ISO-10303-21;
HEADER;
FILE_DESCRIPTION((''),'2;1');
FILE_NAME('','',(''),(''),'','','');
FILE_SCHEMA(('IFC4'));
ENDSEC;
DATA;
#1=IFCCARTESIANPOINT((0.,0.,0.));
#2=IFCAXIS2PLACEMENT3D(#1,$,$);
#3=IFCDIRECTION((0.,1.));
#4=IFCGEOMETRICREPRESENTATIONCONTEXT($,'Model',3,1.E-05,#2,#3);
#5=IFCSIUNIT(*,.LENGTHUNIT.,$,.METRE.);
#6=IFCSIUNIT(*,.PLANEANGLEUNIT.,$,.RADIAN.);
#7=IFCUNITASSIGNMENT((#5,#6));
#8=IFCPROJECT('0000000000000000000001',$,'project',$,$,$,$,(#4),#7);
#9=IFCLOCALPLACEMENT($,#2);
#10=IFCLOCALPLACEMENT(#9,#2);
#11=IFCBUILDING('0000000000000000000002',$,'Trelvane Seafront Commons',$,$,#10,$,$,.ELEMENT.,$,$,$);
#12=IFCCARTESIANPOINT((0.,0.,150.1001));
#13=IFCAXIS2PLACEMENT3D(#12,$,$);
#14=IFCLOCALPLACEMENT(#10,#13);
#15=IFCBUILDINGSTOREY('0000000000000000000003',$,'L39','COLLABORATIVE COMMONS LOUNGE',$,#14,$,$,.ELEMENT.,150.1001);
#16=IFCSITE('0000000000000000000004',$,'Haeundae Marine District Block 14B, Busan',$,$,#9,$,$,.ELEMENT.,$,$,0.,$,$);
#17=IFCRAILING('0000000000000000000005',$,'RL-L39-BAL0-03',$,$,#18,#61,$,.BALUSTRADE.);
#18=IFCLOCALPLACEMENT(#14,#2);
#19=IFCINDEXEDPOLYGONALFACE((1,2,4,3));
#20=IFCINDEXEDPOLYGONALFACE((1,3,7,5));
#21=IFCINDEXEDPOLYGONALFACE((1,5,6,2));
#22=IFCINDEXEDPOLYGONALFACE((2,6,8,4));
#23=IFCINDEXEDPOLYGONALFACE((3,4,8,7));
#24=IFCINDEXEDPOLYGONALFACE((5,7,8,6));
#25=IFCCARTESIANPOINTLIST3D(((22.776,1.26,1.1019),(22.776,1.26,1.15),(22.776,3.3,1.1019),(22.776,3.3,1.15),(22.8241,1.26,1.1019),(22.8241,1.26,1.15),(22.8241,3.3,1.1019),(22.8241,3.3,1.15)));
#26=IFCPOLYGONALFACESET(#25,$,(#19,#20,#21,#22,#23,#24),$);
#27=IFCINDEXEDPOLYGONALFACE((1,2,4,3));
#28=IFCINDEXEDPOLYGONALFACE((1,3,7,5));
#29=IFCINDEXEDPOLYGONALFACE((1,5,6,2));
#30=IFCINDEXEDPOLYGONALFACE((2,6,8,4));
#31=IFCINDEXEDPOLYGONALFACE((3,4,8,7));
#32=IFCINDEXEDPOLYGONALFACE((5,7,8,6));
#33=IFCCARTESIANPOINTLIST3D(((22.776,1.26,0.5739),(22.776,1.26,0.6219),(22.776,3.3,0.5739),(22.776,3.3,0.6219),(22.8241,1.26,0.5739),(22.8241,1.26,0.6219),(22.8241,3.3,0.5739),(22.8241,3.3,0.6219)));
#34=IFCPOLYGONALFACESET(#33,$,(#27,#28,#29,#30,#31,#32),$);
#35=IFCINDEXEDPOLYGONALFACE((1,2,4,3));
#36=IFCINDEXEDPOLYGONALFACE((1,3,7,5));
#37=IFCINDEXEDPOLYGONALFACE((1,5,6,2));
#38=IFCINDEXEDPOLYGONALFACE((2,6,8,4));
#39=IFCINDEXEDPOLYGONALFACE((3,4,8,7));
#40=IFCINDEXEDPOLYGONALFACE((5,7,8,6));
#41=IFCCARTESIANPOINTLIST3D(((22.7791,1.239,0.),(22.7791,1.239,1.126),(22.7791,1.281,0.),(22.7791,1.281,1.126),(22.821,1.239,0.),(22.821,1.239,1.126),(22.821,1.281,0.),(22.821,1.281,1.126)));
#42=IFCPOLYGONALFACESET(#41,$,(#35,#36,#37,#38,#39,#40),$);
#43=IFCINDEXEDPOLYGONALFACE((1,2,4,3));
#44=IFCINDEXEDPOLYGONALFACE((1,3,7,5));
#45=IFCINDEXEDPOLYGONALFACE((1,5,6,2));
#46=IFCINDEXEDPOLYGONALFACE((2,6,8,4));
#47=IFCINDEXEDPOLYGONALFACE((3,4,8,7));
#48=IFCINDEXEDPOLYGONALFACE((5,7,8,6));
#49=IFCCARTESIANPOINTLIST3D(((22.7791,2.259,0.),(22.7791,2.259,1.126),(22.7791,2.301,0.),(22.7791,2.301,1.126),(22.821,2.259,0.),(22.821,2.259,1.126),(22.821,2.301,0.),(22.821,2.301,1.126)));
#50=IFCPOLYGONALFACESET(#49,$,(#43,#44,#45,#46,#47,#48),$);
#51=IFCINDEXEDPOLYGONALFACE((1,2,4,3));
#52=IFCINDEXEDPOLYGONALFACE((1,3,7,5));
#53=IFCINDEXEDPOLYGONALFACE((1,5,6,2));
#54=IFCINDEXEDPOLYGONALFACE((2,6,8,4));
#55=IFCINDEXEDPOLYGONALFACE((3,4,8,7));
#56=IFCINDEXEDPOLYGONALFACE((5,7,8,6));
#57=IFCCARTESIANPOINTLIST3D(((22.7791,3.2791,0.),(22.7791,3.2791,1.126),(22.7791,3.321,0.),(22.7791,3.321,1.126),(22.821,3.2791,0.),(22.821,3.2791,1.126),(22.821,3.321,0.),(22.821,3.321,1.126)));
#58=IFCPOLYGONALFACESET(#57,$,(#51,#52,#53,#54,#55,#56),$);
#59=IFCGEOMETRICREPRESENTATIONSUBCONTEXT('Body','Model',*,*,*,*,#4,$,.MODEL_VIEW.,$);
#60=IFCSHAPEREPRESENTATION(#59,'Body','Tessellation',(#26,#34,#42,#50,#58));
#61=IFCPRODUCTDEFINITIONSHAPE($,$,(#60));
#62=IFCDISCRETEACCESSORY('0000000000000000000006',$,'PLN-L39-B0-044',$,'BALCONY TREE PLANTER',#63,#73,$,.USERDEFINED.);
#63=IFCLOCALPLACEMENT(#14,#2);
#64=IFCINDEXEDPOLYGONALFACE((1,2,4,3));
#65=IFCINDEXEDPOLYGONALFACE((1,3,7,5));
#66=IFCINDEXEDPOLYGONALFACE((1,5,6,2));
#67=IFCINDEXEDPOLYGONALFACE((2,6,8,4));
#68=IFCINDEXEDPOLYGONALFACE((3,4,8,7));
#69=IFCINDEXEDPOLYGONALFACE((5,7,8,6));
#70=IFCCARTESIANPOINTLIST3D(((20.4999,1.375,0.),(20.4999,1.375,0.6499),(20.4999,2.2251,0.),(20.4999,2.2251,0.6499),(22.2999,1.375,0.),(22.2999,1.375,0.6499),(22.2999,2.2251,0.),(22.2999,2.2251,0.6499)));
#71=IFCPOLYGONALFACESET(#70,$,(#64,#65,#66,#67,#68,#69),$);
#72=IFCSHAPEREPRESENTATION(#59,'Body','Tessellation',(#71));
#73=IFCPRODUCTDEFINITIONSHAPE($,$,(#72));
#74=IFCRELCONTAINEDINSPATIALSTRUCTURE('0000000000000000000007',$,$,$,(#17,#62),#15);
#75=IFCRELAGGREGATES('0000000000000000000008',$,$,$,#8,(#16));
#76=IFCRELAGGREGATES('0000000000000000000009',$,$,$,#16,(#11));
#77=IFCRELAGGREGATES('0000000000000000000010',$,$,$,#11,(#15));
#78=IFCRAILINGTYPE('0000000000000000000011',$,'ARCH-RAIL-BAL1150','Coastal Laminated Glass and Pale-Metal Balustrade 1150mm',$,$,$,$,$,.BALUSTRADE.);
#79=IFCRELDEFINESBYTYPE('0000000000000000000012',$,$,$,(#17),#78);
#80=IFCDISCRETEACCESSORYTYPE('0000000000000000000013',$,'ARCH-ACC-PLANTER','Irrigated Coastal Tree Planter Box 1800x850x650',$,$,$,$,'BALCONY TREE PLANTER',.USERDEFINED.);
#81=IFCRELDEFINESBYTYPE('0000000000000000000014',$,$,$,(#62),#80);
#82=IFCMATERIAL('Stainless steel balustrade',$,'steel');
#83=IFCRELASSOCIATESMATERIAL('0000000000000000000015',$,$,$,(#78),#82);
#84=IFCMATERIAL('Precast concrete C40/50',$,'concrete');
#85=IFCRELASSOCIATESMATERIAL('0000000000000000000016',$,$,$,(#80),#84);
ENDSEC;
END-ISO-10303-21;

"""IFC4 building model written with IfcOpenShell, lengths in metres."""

from ifc_helpers import new_model, si_unit, direction, frame, origin, origin_2d, place, context, subcontext, project, spatial, rectangle, extrude, source, transform, mapped, material, type_object, element, save


model = new_model("IFC4")

# Units and contexts
model_context = context("Model", 3, precision=1e-05, world=origin(), true_north=direction((0.0, 1.0)))
body_context = subcontext(model_context, "Body", "Model", "MODEL_VIEW")
ifc_project = project(units=[si_unit("LENGTHUNIT", "METRE"), si_unit("PLANEANGLEUNIT", "RADIAN")], contexts=[model_context])

# Site, building, storey
site_placement = place(None, origin())
site = spatial("IfcSite", under=ifc_project, at=site_placement, Name="Haeundae Marine District Block 14B, Busan", CompositionType="ELEMENT", RefElevation=0.0)
building_placement = place(site_placement, origin())
building = spatial("IfcBuilding", under=site, at=building_placement, Name="Trelvane Seafront Commons", CompositionType="ELEMENT")
storey_placement = place(building_placement, frame((0.0, 0.0, 150.1001)))
storey = spatial("IfcBuildingStorey", under=building, at=storey_placement, Name="L39", Description="COLLABORATIVE COMMONS LOUNGE", CompositionType="ELEMENT", Elevation=150.1001)

# Railing
ifc_material_1 = material(Name="Stainless steel balustrade", Category="steel")
railing_type = type_object("IfcRailingType", Name="ARCH-RAIL-BAL1150", Description="Coastal Laminated Glass and Pale-Metal Balustrade 1150mm", PredefinedType="BALUSTRADE", material=ifc_material_1)
railing_1_placement = place(storey_placement, frame((22.8, 1.26, 0.0)))
element("IfcRailing", 1, at=railing_1_placement, inside=storey, type_object=railing_type, Name="RL-L39-BAL0-03", PredefinedType="BALUSTRADE", context=body_context, shape_type="SweptSolid", body=[
    extrude(rectangle(XDim=0.0481, YDim=0.0481, at=origin_2d()), frame((0.0, 0.0, 1.126), z_axis=(0.0, 1.0, 0.0), x_axis=(-1.0, 0.0, 0.0)), (0.0, 0.0, 1.0), 2.04),
    extrude(rectangle(XDim=0.0481, YDim=0.0481, at=origin_2d()), frame((0.0, 0.0, 0.5979), z_axis=(0.0, 1.0, 0.0), x_axis=(-1.0, 0.0, 0.0)), (0.0, 0.0, 1.0), 2.04),
    extrude(rectangle(XDim=0.042, YDim=0.042, at=origin_2d()), origin(), (0.0, 0.0, 1.0), 1.126),
    extrude(rectangle(XDim=0.042, YDim=0.042, at=origin_2d()), frame((0.0, 1.02, 0.0)), (0.0, 0.0, 1.0), 1.126),
    extrude(rectangle(XDim=0.042, YDim=0.042, at=origin_2d()), frame((0.0, 2.04, 0.0)), (0.0, 0.0, 1.0), 1.126),
])

# Discrete accessory
ifc_material_2 = material(Name="Precast concrete C40/50", Category="concrete")
discrete_accessory_type = type_object("IfcDiscreteAccessoryType", Name="ARCH-ACC-PLANTER", Description="Irrigated Coastal Tree Planter Box 1800x850x650", ElementType="BALCONY TREE PLANTER", PredefinedType="USERDEFINED", material=ifc_material_2)
shared_shape_1 = source(origin(), body_context, "Body", "SweptSolid", [
    extrude(rectangle(XDim=1.8, YDim=0.8501, at=origin_2d()), origin(), (0.0, 0.0, 1.0), 0.6499),
])
discrete_accessory_placement = place(storey_placement, frame((21.3999, 1.8, 0.0), z_axis=(0.0, 0.0, 1.0), x_axis=(1.0, 0.0, 0.0)))
element("IfcDiscreteAccessory", 2, at=discrete_accessory_placement, inside=storey, type_object=discrete_accessory_type, Name="PLN-L39-B0-044", ObjectType="BALCONY TREE PLANTER", PredefinedType="USERDEFINED", context=body_context, shape_type="MappedRepresentation", body=[
    mapped(shared_shape_1, transform((0.0, 0.0, 0.0), x_axis=(1.0, 0.0, 0.0), y_axis=(0.0, 1.0, 0.0), z_axis=(0.0, 0.0, 1.0), scale=1.0)),
])

save(model, "model.ifc")
